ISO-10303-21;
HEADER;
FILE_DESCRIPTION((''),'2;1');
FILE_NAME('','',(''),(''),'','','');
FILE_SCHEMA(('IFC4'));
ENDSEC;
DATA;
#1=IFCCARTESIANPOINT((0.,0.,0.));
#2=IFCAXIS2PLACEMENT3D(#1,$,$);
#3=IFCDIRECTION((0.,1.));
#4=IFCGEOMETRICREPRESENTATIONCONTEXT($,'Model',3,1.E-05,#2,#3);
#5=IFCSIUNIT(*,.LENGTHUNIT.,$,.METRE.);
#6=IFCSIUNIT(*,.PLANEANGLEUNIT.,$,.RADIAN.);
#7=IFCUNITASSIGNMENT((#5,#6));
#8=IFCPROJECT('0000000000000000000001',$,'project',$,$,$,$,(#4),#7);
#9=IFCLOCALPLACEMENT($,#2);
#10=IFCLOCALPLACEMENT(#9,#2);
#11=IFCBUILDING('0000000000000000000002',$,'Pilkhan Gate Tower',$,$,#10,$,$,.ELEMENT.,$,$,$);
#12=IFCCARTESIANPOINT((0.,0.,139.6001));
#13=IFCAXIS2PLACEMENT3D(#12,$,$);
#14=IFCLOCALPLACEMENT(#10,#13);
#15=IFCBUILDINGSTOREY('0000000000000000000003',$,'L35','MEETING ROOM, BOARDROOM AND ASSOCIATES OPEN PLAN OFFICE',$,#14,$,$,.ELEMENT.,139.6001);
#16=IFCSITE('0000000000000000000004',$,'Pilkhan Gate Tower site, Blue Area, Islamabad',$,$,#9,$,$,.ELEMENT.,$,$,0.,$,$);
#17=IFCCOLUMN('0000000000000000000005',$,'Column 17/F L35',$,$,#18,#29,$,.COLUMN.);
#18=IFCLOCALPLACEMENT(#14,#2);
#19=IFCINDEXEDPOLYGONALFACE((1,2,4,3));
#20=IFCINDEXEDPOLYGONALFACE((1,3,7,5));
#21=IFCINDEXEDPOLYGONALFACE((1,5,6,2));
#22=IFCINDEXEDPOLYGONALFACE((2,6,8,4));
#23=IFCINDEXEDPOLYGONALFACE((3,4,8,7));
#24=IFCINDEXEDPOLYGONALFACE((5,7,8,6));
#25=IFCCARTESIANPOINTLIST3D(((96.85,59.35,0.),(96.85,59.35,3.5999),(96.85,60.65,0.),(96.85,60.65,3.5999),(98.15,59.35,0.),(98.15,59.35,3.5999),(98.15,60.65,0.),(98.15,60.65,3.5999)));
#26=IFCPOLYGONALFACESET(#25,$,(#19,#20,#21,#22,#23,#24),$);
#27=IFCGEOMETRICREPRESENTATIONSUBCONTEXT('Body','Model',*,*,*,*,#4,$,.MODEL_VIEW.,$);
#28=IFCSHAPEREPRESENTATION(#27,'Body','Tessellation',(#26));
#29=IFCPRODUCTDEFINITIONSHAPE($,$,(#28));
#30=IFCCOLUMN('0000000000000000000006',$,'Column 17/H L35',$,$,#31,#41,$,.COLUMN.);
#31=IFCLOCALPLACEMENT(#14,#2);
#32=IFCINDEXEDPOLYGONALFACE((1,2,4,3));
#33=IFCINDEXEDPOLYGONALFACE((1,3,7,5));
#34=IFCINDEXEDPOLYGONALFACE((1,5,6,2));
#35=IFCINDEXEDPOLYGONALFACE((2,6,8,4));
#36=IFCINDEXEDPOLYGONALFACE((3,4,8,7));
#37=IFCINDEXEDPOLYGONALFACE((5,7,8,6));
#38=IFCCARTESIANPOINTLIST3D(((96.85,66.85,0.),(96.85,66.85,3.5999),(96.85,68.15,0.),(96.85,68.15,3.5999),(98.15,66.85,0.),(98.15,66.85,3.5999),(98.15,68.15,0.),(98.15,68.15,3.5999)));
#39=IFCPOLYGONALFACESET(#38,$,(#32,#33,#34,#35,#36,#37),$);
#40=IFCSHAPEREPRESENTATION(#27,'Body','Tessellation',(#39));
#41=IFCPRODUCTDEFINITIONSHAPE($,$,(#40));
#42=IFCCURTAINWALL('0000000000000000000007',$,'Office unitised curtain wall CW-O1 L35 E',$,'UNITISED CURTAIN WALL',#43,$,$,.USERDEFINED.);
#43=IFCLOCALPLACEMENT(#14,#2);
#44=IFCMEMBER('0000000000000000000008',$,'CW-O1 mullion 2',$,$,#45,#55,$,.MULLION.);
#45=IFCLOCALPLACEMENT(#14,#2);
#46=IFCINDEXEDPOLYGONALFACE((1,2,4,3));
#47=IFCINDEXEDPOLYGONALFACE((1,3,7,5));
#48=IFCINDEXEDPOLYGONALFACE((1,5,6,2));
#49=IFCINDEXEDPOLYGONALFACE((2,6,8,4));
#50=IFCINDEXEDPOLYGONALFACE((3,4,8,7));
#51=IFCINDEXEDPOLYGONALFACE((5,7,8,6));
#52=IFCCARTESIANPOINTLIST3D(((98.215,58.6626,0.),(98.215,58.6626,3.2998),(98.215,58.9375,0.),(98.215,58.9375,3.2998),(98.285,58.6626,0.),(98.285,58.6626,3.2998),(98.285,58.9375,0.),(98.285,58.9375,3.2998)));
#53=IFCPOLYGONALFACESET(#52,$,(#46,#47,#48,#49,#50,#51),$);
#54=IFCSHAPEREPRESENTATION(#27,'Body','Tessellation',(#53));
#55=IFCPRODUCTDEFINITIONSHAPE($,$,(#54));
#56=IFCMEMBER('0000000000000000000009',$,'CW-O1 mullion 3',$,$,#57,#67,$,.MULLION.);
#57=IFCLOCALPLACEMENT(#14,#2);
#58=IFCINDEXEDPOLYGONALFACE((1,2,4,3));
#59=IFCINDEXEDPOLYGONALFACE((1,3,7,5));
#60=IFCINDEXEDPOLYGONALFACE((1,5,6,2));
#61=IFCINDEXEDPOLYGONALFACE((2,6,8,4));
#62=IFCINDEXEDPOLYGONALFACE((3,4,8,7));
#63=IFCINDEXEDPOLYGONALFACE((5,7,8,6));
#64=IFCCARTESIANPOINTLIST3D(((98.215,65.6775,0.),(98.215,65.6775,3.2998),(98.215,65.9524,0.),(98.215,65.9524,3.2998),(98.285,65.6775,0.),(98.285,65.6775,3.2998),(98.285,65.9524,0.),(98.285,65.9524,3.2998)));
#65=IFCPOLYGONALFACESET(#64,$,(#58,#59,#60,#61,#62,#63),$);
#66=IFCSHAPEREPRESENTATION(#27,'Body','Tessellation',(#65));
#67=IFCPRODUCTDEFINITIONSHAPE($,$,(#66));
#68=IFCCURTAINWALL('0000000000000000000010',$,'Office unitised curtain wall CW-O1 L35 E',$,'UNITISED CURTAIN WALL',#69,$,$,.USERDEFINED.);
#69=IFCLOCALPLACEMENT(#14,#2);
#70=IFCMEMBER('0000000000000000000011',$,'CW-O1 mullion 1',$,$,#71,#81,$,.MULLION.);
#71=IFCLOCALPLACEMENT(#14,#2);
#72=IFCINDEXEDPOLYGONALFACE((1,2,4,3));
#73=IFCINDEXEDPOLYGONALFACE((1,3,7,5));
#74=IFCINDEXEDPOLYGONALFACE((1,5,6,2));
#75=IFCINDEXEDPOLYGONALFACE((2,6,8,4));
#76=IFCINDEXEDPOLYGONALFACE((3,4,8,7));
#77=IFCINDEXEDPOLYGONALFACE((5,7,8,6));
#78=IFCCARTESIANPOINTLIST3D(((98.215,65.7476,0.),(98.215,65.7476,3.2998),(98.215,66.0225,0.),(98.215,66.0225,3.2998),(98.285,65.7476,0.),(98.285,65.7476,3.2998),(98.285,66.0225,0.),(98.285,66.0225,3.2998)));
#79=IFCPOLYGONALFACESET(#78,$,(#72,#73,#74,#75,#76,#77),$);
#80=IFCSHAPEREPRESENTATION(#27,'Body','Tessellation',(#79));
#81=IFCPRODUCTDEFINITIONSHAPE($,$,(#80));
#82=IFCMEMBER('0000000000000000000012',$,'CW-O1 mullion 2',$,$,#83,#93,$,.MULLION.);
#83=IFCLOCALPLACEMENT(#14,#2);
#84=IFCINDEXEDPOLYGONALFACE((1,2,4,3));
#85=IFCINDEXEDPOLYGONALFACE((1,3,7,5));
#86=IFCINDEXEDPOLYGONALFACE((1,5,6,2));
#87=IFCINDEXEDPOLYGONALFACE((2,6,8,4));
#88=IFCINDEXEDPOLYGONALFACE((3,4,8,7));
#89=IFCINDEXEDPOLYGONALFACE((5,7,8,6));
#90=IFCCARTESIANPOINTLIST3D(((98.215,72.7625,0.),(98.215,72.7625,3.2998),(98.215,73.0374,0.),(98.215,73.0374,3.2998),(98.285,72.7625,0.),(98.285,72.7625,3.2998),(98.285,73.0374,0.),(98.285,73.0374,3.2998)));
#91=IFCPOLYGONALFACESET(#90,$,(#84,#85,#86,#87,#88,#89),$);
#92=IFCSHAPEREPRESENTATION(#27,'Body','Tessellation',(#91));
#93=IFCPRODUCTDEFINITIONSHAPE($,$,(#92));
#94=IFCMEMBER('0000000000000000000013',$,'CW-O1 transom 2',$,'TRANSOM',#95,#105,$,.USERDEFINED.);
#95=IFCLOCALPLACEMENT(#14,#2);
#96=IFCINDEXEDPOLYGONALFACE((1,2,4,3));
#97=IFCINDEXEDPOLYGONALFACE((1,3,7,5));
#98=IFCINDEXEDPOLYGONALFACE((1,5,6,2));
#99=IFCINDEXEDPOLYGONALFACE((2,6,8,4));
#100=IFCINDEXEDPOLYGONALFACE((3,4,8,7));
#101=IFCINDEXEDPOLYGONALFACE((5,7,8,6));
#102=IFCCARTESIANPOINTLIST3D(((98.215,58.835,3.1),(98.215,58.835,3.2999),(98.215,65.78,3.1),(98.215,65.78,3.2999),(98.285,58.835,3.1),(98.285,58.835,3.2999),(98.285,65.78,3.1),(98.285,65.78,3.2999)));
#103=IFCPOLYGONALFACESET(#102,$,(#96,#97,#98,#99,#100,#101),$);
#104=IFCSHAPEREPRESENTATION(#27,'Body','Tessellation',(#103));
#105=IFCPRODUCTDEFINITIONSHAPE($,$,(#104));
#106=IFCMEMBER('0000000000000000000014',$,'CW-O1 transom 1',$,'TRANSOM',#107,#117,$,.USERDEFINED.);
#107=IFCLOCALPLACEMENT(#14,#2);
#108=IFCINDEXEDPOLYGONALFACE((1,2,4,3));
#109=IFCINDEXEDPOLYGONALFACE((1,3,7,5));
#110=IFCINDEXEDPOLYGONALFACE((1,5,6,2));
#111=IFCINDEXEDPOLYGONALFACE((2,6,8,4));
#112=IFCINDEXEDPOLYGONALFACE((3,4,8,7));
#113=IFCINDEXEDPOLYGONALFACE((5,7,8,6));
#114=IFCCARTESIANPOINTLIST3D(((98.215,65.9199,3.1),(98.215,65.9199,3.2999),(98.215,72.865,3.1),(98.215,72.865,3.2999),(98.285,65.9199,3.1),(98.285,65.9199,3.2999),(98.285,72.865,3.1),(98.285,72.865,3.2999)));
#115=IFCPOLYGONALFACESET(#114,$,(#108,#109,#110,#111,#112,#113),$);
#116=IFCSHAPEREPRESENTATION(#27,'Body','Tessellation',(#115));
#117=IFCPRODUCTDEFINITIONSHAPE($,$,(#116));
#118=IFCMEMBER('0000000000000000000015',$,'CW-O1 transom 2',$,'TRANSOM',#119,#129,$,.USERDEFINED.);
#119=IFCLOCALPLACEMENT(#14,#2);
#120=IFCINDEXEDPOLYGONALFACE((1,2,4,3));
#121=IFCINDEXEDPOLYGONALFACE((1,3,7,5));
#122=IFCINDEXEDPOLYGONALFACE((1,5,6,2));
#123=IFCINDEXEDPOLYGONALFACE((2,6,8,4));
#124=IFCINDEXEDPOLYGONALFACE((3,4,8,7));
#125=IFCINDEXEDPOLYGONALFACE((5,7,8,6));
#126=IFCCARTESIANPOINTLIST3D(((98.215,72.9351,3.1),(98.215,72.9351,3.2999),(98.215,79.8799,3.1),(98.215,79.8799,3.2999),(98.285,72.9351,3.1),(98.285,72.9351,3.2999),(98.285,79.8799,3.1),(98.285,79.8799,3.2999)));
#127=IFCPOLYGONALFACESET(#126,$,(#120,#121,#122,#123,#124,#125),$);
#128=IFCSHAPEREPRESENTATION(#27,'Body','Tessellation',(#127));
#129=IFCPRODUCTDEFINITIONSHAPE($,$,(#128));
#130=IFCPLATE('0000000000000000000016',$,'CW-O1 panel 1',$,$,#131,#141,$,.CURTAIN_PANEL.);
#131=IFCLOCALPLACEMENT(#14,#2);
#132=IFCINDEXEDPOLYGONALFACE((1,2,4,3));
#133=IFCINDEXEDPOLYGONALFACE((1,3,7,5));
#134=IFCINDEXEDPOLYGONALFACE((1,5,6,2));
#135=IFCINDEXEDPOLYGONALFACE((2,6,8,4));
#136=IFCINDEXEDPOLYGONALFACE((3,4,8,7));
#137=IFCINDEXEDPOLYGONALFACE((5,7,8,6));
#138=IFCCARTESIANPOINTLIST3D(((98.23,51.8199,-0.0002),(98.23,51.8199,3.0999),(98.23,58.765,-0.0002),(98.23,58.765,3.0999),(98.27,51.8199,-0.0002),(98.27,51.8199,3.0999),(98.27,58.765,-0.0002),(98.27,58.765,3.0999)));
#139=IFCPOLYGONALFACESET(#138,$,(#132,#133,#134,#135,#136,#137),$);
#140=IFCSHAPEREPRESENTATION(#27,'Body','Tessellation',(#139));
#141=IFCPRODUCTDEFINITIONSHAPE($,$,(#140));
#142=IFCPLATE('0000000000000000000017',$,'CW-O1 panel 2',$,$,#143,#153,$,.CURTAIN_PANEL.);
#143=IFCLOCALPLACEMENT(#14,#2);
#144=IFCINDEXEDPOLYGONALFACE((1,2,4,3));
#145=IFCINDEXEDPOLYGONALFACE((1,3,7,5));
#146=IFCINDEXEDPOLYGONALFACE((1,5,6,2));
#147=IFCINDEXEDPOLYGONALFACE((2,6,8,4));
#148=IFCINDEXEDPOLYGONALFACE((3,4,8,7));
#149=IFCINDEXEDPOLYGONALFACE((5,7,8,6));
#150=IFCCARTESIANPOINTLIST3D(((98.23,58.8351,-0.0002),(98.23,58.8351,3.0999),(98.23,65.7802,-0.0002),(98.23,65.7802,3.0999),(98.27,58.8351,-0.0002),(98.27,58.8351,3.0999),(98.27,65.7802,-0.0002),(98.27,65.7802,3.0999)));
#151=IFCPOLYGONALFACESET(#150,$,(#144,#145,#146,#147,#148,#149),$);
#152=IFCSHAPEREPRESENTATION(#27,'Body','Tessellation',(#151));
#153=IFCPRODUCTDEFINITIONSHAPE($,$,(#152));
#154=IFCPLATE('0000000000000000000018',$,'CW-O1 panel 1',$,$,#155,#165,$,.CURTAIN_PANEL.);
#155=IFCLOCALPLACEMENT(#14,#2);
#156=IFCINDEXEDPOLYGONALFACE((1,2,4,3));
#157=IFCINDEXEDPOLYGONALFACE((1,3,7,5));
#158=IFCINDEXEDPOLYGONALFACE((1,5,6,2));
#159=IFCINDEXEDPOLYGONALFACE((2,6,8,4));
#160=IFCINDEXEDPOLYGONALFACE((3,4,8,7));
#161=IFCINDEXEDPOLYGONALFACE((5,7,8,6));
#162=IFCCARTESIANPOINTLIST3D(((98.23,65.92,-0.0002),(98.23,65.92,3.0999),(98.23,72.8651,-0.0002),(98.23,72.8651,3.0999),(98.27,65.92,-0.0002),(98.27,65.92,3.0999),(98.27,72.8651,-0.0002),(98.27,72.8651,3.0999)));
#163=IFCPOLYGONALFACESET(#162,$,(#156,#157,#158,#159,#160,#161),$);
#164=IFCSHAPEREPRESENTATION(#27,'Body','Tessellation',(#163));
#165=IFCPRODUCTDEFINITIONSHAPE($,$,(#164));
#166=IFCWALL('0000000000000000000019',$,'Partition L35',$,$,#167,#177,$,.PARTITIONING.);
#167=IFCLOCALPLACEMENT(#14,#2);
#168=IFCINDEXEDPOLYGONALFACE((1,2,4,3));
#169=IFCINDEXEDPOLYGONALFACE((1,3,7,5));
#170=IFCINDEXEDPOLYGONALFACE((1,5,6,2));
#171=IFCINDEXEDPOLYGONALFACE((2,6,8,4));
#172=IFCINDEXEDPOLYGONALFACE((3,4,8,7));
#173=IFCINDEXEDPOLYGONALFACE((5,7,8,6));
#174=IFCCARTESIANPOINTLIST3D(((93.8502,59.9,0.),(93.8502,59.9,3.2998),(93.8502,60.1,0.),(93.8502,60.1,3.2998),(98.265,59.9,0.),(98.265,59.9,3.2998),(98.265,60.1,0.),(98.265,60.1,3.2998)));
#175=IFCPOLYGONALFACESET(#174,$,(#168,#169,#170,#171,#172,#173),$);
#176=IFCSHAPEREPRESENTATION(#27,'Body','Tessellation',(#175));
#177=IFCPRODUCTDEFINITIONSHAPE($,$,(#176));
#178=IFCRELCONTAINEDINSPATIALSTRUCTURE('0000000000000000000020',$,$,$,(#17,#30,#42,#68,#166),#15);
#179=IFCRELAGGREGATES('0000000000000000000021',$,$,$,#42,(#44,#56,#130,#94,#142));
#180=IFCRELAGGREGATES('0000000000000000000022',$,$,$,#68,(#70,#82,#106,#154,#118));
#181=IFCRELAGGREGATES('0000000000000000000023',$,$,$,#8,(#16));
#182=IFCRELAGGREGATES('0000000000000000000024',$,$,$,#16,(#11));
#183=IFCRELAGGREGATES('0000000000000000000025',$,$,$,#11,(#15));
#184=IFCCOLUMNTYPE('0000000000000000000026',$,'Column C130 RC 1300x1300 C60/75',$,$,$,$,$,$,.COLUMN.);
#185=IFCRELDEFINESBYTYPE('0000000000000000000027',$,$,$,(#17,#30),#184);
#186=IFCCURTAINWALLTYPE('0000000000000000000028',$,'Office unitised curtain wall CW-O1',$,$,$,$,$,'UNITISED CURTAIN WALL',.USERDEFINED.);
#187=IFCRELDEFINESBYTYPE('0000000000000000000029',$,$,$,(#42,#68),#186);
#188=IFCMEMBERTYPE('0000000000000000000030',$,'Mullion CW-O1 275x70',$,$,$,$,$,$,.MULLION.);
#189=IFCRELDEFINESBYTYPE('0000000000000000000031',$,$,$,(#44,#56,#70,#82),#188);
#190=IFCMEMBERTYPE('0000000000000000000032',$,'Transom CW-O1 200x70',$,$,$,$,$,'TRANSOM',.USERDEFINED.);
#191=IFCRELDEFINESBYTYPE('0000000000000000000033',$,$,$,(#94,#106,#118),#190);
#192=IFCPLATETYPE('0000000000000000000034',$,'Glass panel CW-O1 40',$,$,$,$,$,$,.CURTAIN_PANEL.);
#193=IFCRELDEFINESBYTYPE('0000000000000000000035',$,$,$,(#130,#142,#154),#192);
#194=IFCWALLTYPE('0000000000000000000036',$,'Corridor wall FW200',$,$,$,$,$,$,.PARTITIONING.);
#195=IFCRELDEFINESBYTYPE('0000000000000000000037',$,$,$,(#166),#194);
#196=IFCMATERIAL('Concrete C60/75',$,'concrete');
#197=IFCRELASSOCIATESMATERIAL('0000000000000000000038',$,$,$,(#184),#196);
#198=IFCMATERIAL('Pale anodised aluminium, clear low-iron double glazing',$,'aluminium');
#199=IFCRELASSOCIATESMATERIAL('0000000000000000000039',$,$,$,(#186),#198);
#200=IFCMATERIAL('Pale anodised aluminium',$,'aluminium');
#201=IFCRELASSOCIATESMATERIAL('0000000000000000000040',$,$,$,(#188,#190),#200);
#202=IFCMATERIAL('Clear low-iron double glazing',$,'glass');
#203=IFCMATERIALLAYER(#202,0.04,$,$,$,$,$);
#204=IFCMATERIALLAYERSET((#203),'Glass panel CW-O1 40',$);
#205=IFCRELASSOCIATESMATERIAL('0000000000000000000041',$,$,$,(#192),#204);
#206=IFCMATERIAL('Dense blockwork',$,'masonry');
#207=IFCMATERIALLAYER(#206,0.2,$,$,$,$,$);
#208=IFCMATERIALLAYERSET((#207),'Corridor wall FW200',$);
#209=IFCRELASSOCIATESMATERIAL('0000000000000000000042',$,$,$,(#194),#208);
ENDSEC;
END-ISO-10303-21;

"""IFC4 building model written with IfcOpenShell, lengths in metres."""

from ifc_helpers import new_model, si_unit, direction, frame, frame_2d, origin, origin_2d, place, context, subcontext, project, spatial, rectangle, extrude, material, layer, layer_set, material_profile, profile_set, type_object, element, aggregate, save


model = new_model("IFC4")

# Units and contexts
model_context = context("Model", 3, precision=1e-05, world=origin(), true_north=direction((0.0, 1.0)))
body_context = subcontext(model_context, "Body", "Model", "MODEL_VIEW")
ifc_project = project(units=[si_unit("LENGTHUNIT", "METRE"), si_unit("PLANEANGLEUNIT", "RADIAN")], contexts=[model_context])

# Site, building, storey
site_placement = place(None, origin())
site = spatial("IfcSite", under=ifc_project, at=site_placement, Name="Pilkhan Gate Tower site, Blue Area, Islamabad", CompositionType="ELEMENT", RefElevation=0.0)
building_placement = place(site_placement, origin())
building = spatial("IfcBuilding", under=site, at=building_placement, Name="Pilkhan Gate Tower", CompositionType="ELEMENT")
storey_placement = place(building_placement, frame((0.0, 0.0, 139.6001)))
storey = spatial("IfcBuildingStorey", under=building, at=storey_placement, Name="L35", Description="MEETING ROOM, BOARDROOM AND ASSOCIATES OPEN PLAN OFFICE", CompositionType="ELEMENT", Elevation=139.6001)

# Columns
ifc_material_1 = material(Name="Concrete C60/75", Category="concrete")
ifc_material_profile_1 = material_profile(ifc_material_1, rectangle(XDim=1.3, YDim=1.3, at=origin_2d()), Name="RC 1300x1300")
ifc_profile_set_1 = profile_set([ifc_material_profile_1], Name="Concrete C60/75")
column_type = type_object("IfcColumnType", Name="Column C130 RC 1300x1300 C60/75", PredefinedType="COLUMN", material=ifc_profile_set_1)
for number, where, z_axis, x_axis, name in (
    (1, (97.5, 60.0, 0.0), (0.0, 0.0, 1.0), (1.0, 0.0, 0.0), "Column 17/F L35"),
    (2, (97.5, 67.5, 0.0), (0.0, 0.0, 1.0), (1.0, 0.0, 0.0), "Column 17/H L35"),
):
    element("IfcColumn", number, at=place(storey_placement, frame(where, z_axis=z_axis, x_axis=x_axis)), inside=storey, type_object=column_type, Name=name, PredefinedType="COLUMN", context=body_context, shape_type="SweptSolid", body=[
        extrude(rectangle(XDim=1.3, YDim=1.3, at=origin_2d()), origin(), (0.0, 0.0, 1.0), 3.5999),
    ])

# Curtain walls, members
ifc_material_2 = material(Name="Pale anodised aluminium, clear low-iron double glazing", Category="aluminium")
curtain_wall_type = type_object("IfcCurtainWallType", Name="Office unitised curtain wall CW-O1", ElementType="UNITISED CURTAIN WALL", PredefinedType="USERDEFINED", material=ifc_material_2)
curtain_wall_1_placement = place(storey_placement, origin())
curtain_wall_1 = element("IfcCurtainWall", 3, at=curtain_wall_1_placement, inside=storey, type_object=curtain_wall_type, Name="Office unitised curtain wall CW-O1 L35 E", ObjectType="UNITISED CURTAIN WALL", PredefinedType="USERDEFINED")
ifc_material_3 = material(Name="Pale anodised aluminium", Category="aluminium")
ifc_material_profile_2 = material_profile(ifc_material_3, rectangle(XDim=0.0701, YDim=0.2749, at=origin_2d()), Name="Mullion 275x70")
ifc_profile_set_2 = profile_set([ifc_material_profile_2], Name="Pale anodised aluminium")
member_type_1 = type_object("IfcMemberType", Name="Mullion CW-O1 275x70", PredefinedType="MULLION", material=ifc_profile_set_2)
member_1_placement = place(storey_placement, frame((98.25, 58.8, 0.0), z_axis=(0.0, 0.0, 1.0), x_axis=(-1.0, 0.0, 0.0)))
member_1 = element("IfcMember", 4, at=member_1_placement, type_object=member_type_1, Name="CW-O1 mullion 2", PredefinedType="MULLION", context=body_context, shape_type="SweptSolid", body=[
    extrude(rectangle(XDim=0.0701, YDim=0.2749, at=origin_2d()), origin(), (0.0, 0.0, 1.0), 3.2998),
])
member_2_placement = place(storey_placement, frame((98.25, 65.8149, 0.0), z_axis=(0.0, 0.0, 1.0), x_axis=(-1.0, 0.0, 0.0)))
member_2 = element("IfcMember", 5, at=member_2_placement, type_object=member_type_1, Name="CW-O1 mullion 3", PredefinedType="MULLION", context=body_context, shape_type="SweptSolid", body=[
    extrude(rectangle(XDim=0.0701, YDim=0.2749, at=origin_2d()), origin(), (0.0, 0.0, 1.0), 3.2998),
])
curtain_wall_2_placement = place(storey_placement, origin())
curtain_wall_2 = element("IfcCurtainWall", 6, at=curtain_wall_2_placement, inside=storey, type_object=curtain_wall_type, Name="Office unitised curtain wall CW-O1 L35 E", ObjectType="UNITISED CURTAIN WALL", PredefinedType="USERDEFINED")
member_3_placement = place(storey_placement, frame((98.25, 65.885, 0.0), z_axis=(0.0, 0.0, 1.0), x_axis=(-1.0, 0.0, 0.0)))
member_3 = element("IfcMember", 7, at=member_3_placement, type_object=member_type_1, Name="CW-O1 mullion 1", PredefinedType="MULLION", context=body_context, shape_type="SweptSolid", body=[
    extrude(rectangle(XDim=0.0701, YDim=0.2749, at=origin_2d()), origin(), (0.0, 0.0, 1.0), 3.2998),
])
member_4_placement = place(storey_placement, frame((98.25, 72.8999, 0.0), z_axis=(0.0, 0.0, 1.0), x_axis=(-1.0, 0.0, 0.0)))
member_4 = element("IfcMember", 8, at=member_4_placement, type_object=member_type_1, Name="CW-O1 mullion 2", PredefinedType="MULLION", context=body_context, shape_type="SweptSolid", body=[
    extrude(rectangle(XDim=0.0701, YDim=0.2749, at=origin_2d()), origin(), (0.0, 0.0, 1.0), 3.2998),
])

# Members
ifc_material_profile_3 = material_profile(ifc_material_3, rectangle(XDim=0.0701, YDim=0.2, at=origin_2d()), Name="Transom 200x70")
ifc_profile_set_3 = profile_set([ifc_material_profile_3], Name="Pale anodised aluminium")
member_type_2 = type_object("IfcMemberType", Name="Transom CW-O1 200x70", ElementType="TRANSOM", PredefinedType="USERDEFINED", material=ifc_profile_set_3)
member_5_placement = place(storey_placement, frame((98.25, 58.835, 3.2), z_axis=(0.0, 1.0, 0.0), x_axis=(-1.0, 0.0, 0.0)))
member_5 = element("IfcMember", 9, at=member_5_placement, type_object=member_type_2, Name="CW-O1 transom 2", ObjectType="TRANSOM", PredefinedType="USERDEFINED", context=body_context, shape_type="SweptSolid", body=[
    extrude(rectangle(XDim=0.0701, YDim=0.2, at=origin_2d()), origin(), (0.0, 0.0, 1.0), 6.9451),
])
member_6_placement = place(storey_placement, frame((98.25, 65.9199, 3.2), z_axis=(0.0, 1.0, 0.0), x_axis=(-1.0, 0.0, 0.0)))
member_6 = element("IfcMember", 10, at=member_6_placement, type_object=member_type_2, Name="CW-O1 transom 1", ObjectType="TRANSOM", PredefinedType="USERDEFINED", context=body_context, shape_type="SweptSolid", body=[
    extrude(rectangle(XDim=0.0701, YDim=0.2, at=origin_2d()), origin(), (0.0, 0.0, 1.0), 6.9451),
])
member_7_placement = place(storey_placement, frame((98.25, 72.9351, 3.2), z_axis=(0.0, 1.0, 0.0), x_axis=(-1.0, 0.0, 0.0)))
member_7 = element("IfcMember", 11, at=member_7_placement, type_object=member_type_2, Name="CW-O1 transom 2", ObjectType="TRANSOM", PredefinedType="USERDEFINED", context=body_context, shape_type="SweptSolid", body=[
    extrude(rectangle(XDim=0.0701, YDim=0.2, at=origin_2d()), origin(), (0.0, 0.0, 1.0), 6.9448),
])

# Plates
ifc_material_4 = material(Name="Clear low-iron double glazing", Category="glass")
ifc_layer_1 = layer(ifc_material_4, 0.04)
ifc_layer_set_1 = layer_set([ifc_layer_1], Name="Glass panel CW-O1 40")
plate_type = type_object("IfcPlateType", Name="Glass panel CW-O1 40", PredefinedType="CURTAIN_PANEL", material=ifc_layer_set_1)
plate_1_placement = place(storey_placement, frame((98.25, 55.2925, -0.0002), z_axis=(0.0, 0.0, 1.0), x_axis=(0.0, 1.0, 0.0)))
plate_1 = element("IfcPlate", 12, at=plate_1_placement, type_object=plate_type, Name="CW-O1 panel 1", PredefinedType="CURTAIN_PANEL", context=body_context, shape_type="SweptSolid", body=[
    extrude(rectangle(XDim=6.9451, YDim=0.04, at=origin_2d()), origin(), (0.0, 0.0, 1.0), 3.1001),
])
plate_2_placement = place(storey_placement, frame((98.25, 62.3076, -0.0002), z_axis=(0.0, 0.0, 1.0), x_axis=(0.0, 1.0, 0.0)))
plate_2 = element("IfcPlate", 13, at=plate_2_placement, type_object=plate_type, Name="CW-O1 panel 2", PredefinedType="CURTAIN_PANEL", context=body_context, shape_type="SweptSolid", body=[
    extrude(rectangle(XDim=6.9451, YDim=0.04, at=origin_2d()), origin(), (0.0, 0.0, 1.0), 3.1001),
])
aggregate(curtain_wall_1, [member_1, member_2, plate_1, member_5, plate_2])
plate_3_placement = place(storey_placement, frame((98.25, 69.3926, -0.0002), z_axis=(0.0, 0.0, 1.0), x_axis=(0.0, 1.0, 0.0)))
plate_3 = element("IfcPlate", 14, at=plate_3_placement, type_object=plate_type, Name="CW-O1 panel 1", PredefinedType="CURTAIN_PANEL", context=body_context, shape_type="SweptSolid", body=[
    extrude(rectangle(XDim=6.9451, YDim=0.04, at=origin_2d()), origin(), (0.0, 0.0, 1.0), 3.1001),
])
aggregate(curtain_wall_2, [member_3, member_4, member_6, plate_3, member_7])

# Wall
ifc_material_5 = material(Name="Dense blockwork", Category="masonry")
ifc_layer_2 = layer(ifc_material_5, 0.2)
ifc_layer_set_2 = layer_set([ifc_layer_2], Name="Corridor wall FW200")
wall_type_1 = type_object("IfcWallType", Name="Corridor wall FW200", PredefinedType="PARTITIONING", material=ifc_layer_set_2)
wall_1_placement = place(storey_placement, frame((93.8501, 60.0, 0.0), z_axis=(0.0, 0.0, 1.0), x_axis=(1.0, 0.0, 0.0)))
element("IfcWall", 15, at=wall_1_placement, inside=storey, type_object=wall_type_1, Name="Partition L35", PredefinedType="PARTITIONING", context=body_context, shape_type="SweptSolid", body=[
    extrude(rectangle(XDim=4.4148, YDim=0.2, at=frame_2d((2.2075, 0.0))), origin(), (0.0, 0.0, 1.0), 3.2998),
])

save(model, "model.ifc")
